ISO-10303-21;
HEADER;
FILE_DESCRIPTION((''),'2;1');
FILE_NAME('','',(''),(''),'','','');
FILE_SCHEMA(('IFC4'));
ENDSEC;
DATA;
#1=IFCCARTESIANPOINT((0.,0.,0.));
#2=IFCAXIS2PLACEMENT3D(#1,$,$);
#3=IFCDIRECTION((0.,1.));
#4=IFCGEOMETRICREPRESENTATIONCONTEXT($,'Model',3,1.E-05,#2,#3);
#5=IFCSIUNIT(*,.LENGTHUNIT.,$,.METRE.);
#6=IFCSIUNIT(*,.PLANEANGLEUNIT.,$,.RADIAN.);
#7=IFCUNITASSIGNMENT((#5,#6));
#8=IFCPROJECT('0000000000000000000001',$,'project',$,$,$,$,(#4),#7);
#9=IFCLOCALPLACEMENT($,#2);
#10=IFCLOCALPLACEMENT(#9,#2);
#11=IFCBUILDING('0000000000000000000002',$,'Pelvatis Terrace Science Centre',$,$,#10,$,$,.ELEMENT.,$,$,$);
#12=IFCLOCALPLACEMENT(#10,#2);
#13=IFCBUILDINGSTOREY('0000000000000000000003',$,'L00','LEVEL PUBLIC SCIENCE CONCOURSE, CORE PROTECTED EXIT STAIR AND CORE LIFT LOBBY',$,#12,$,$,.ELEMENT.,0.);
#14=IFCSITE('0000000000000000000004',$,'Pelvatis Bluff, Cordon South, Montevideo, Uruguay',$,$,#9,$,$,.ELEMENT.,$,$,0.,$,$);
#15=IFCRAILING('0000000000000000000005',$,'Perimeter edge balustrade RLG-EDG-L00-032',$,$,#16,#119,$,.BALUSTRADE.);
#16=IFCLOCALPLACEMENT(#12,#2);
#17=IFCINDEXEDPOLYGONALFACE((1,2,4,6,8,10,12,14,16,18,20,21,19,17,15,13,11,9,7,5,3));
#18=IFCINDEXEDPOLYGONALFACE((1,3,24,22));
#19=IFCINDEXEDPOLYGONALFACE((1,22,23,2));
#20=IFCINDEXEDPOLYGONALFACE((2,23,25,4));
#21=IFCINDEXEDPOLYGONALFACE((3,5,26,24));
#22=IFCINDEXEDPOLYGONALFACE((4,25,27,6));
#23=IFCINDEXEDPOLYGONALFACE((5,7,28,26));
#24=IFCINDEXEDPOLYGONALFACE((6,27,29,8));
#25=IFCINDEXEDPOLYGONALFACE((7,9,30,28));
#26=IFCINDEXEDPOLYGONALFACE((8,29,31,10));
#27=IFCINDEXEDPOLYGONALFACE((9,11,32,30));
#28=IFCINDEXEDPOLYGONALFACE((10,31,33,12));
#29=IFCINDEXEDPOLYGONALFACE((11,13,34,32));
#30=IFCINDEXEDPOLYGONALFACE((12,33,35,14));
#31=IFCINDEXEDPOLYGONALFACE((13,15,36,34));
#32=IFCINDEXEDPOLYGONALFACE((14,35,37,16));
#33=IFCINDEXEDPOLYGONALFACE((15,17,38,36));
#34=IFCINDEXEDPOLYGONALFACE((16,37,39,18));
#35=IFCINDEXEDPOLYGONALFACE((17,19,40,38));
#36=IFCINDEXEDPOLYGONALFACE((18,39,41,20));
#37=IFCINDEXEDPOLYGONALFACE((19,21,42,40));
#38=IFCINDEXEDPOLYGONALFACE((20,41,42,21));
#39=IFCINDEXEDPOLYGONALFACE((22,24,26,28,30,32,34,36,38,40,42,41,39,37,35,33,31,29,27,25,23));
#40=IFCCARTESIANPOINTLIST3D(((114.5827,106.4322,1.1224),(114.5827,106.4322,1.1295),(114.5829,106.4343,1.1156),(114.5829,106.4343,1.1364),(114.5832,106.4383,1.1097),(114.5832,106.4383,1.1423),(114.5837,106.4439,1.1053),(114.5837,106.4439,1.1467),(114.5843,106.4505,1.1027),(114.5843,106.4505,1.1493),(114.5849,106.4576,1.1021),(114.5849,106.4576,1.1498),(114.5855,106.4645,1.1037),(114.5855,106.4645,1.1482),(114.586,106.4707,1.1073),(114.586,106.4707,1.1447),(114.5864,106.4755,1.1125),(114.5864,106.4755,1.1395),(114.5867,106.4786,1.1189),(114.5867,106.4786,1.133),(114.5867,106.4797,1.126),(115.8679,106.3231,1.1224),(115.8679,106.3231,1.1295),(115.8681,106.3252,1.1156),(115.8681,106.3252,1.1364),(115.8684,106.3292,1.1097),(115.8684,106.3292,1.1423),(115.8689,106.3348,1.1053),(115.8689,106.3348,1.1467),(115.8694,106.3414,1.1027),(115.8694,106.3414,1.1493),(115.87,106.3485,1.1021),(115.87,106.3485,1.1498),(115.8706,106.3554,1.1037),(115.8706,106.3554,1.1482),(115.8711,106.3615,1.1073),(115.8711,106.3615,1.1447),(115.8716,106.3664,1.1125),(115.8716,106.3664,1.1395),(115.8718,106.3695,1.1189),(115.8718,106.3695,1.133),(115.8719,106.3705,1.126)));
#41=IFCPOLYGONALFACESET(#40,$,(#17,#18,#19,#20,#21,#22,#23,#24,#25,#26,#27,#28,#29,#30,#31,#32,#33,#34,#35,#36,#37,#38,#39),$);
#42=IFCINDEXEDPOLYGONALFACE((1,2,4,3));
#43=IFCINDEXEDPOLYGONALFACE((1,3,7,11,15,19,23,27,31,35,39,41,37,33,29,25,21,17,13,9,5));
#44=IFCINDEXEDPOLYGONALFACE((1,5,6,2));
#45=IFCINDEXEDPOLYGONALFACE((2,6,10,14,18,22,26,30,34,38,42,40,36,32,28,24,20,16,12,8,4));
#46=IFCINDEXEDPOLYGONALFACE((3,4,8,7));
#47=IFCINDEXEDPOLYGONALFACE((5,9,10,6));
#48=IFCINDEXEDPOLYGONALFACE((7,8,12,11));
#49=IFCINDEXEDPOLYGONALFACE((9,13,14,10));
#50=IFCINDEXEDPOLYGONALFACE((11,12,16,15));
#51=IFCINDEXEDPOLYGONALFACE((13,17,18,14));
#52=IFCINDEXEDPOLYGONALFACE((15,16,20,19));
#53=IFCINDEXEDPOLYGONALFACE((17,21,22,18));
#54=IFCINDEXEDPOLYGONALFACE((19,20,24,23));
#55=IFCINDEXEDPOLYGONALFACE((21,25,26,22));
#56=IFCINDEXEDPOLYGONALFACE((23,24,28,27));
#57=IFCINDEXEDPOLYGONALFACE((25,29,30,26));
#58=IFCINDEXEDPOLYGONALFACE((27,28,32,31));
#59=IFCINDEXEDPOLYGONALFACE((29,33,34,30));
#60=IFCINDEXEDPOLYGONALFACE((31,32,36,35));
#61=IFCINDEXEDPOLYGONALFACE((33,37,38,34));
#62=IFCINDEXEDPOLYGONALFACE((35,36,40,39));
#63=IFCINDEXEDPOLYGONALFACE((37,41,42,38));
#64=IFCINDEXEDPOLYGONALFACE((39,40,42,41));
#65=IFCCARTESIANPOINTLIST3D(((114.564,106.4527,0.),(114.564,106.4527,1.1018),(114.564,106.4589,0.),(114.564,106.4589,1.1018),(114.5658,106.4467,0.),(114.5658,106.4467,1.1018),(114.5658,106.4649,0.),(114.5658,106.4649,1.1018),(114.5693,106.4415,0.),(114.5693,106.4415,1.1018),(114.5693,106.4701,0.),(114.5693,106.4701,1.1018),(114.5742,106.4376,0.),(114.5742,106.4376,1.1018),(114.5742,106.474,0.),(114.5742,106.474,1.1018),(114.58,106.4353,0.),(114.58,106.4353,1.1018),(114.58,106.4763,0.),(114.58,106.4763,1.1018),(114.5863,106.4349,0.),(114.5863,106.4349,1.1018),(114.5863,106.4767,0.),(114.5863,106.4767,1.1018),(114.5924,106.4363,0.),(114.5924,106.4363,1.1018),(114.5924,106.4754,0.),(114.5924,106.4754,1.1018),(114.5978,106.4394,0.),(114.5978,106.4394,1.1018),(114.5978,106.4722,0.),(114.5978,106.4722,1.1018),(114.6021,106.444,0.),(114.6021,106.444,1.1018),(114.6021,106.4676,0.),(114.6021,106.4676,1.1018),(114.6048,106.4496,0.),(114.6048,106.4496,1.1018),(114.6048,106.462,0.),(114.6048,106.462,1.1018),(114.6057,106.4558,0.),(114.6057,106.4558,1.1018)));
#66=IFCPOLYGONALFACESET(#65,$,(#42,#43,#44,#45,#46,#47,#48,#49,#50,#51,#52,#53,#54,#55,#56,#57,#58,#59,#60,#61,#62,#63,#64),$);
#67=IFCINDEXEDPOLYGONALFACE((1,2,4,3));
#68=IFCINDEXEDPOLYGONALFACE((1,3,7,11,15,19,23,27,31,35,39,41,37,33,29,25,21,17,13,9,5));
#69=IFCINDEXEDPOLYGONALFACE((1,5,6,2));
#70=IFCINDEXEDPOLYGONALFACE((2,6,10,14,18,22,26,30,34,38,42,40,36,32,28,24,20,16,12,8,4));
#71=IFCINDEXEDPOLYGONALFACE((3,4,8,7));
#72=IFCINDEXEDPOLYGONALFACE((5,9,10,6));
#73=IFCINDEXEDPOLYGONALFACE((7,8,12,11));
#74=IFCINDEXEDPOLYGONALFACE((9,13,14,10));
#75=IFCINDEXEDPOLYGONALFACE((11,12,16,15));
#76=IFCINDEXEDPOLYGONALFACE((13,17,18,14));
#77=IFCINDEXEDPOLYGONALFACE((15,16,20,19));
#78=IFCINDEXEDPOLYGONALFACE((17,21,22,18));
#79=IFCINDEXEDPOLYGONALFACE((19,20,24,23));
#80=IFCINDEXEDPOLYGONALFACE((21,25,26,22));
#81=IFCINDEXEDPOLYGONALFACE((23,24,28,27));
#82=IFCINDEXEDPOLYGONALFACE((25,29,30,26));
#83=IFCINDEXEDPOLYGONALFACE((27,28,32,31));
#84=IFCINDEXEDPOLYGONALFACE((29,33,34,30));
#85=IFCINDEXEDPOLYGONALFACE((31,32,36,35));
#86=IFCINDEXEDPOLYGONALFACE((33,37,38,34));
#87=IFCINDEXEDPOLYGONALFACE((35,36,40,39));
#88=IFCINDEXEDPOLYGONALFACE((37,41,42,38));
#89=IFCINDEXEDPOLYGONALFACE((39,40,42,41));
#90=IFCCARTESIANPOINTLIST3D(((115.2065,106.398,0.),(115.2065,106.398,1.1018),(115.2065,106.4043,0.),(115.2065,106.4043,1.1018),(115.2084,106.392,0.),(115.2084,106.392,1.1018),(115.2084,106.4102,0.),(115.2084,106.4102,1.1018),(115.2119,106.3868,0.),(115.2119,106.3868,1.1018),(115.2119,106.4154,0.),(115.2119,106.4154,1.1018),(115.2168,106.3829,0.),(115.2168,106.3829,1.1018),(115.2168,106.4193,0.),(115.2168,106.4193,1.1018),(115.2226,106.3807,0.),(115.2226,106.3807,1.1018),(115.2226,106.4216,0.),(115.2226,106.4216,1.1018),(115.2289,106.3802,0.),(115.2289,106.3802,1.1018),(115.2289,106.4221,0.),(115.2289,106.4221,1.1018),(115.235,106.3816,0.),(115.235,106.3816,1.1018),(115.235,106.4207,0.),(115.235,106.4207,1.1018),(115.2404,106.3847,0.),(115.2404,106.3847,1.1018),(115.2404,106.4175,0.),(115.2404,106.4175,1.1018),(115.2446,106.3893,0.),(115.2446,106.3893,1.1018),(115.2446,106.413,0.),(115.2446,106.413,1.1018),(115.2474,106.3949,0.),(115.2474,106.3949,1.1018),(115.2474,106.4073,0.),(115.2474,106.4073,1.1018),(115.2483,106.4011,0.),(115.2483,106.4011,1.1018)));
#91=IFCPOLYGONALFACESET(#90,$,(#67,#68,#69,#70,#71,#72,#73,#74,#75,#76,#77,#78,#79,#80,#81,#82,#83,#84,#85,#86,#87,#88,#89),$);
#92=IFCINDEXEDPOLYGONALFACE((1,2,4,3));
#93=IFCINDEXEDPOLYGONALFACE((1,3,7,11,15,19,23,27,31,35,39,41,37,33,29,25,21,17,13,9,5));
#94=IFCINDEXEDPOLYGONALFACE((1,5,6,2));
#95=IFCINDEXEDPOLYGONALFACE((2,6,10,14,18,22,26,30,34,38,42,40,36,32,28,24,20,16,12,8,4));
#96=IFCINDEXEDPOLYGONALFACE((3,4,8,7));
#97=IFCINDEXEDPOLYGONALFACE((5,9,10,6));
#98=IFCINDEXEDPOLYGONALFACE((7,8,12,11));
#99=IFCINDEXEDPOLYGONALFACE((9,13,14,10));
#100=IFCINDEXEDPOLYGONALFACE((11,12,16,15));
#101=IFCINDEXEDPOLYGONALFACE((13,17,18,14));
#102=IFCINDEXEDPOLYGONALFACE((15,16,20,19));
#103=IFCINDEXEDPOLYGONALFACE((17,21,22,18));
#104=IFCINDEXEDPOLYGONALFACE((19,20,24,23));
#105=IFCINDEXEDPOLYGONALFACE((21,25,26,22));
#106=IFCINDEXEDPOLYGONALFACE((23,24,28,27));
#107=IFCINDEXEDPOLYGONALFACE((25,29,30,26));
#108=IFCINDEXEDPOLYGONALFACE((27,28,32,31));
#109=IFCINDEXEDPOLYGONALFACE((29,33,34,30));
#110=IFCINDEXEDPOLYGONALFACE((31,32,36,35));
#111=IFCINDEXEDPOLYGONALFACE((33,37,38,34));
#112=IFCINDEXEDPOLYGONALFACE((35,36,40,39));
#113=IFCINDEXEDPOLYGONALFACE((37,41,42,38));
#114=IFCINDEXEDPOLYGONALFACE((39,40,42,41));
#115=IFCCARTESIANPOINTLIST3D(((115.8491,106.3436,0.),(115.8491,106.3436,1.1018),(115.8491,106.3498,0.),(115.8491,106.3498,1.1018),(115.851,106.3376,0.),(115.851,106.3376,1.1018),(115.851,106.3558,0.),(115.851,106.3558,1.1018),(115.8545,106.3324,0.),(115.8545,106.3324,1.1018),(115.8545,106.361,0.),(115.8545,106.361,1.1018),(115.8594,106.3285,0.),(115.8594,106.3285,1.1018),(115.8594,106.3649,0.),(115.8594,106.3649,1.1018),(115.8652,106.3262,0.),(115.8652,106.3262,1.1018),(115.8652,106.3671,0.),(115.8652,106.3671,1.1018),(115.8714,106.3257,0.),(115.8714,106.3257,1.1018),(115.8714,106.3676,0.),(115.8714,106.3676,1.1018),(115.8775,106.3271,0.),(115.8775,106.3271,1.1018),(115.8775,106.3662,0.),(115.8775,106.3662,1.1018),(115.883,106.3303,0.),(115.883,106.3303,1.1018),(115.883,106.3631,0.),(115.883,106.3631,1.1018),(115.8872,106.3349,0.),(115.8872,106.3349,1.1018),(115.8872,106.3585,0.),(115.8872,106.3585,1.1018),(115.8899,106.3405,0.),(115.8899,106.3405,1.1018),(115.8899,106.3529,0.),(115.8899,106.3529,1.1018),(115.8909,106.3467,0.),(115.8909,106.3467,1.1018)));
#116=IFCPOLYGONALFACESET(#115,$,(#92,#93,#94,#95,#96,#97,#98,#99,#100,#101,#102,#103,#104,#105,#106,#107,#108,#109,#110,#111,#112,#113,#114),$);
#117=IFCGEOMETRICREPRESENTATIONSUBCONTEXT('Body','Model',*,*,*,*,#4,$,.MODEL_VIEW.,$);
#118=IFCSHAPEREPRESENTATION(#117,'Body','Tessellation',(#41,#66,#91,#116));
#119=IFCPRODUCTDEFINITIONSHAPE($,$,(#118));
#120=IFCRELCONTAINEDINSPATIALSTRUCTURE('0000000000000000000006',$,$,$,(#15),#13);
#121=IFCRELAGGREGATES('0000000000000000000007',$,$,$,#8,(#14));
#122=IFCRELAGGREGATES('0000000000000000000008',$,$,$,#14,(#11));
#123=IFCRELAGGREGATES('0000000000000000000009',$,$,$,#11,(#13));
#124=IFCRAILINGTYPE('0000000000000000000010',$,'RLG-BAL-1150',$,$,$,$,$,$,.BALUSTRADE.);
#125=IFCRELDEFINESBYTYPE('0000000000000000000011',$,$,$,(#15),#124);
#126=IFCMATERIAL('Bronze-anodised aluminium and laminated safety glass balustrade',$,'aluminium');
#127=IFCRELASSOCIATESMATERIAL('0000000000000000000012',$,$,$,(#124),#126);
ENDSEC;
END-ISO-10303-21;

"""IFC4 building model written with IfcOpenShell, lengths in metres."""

from ifc_helpers import new_model, si_unit, direction, frame, origin, origin_2d, place, context, subcontext, project, spatial, circle, extrude, material, type_object, element, save


model = new_model("IFC4")

# Units and contexts
model_context = context("Model", 3, precision=1e-05, world=origin(), true_north=direction((0.0, 1.0)))
body_context = subcontext(model_context, "Body", "Model", "MODEL_VIEW")
ifc_project = project(units=[si_unit("LENGTHUNIT", "METRE"), si_unit("PLANEANGLEUNIT", "RADIAN")], contexts=[model_context])

# Site, building, storey
site_placement = place(None, origin())
site = spatial("IfcSite", under=ifc_project, at=site_placement, Name="Pelvatis Bluff, Cordon South, Montevideo, Uruguay", CompositionType="ELEMENT", RefElevation=0.0)
building_placement = place(site_placement, origin())
building = spatial("IfcBuilding", under=site, at=building_placement, Name="Pelvatis Terrace Science Centre", CompositionType="ELEMENT")
storey_placement = place(building_placement, origin())
storey = spatial("IfcBuildingStorey", under=building, at=storey_placement, Name="L00", Description="LEVEL PUBLIC SCIENCE CONCOURSE, CORE PROTECTED EXIT STAIR AND CORE LIFT LOBBY", CompositionType="ELEMENT", Elevation=0.0)

# Railing
ifc_material_1 = material(Name="Bronze-anodised aluminium and laminated safety glass balustrade", Category="aluminium")
railing_type = type_object("IfcRailingType", Name="RLG-BAL-1150", PredefinedType="BALUSTRADE", material=ifc_material_1)
railing_placement = place(storey_placement, frame((114.5847, 106.4558, 0.0)))
element("IfcRailing", 1, at=railing_placement, inside=storey, type_object=railing_type, Name="Perimeter edge balustrade RLG-EDG-L00-032", PredefinedType="BALUSTRADE", context=body_context, shape_type="SweptSolid", body=[
    extrude(circle(Radius=0.0239, at=origin_2d()), frame((0.0, 0.0, 1.126), z_axis=(0.996414, -0.084612, 0.0), x_axis=(0.084612, 0.996414, 0.0)), (0.0, 0.0, 1.0), 1.2898),
    extrude(circle(Radius=0.021, at=origin_2d()), origin(), (0.0, 0.0, 1.0), 1.1018),
    extrude(circle(Radius=0.021, at=origin_2d()), frame((0.6426, -0.0547, 0.0)), (0.0, 0.0, 1.0), 1.1018),
    extrude(circle(Radius=0.021, at=origin_2d()), frame((1.2852, -0.1091, 0.0)), (0.0, 0.0, 1.0), 1.1018),
])

save(model, "model.ifc")
